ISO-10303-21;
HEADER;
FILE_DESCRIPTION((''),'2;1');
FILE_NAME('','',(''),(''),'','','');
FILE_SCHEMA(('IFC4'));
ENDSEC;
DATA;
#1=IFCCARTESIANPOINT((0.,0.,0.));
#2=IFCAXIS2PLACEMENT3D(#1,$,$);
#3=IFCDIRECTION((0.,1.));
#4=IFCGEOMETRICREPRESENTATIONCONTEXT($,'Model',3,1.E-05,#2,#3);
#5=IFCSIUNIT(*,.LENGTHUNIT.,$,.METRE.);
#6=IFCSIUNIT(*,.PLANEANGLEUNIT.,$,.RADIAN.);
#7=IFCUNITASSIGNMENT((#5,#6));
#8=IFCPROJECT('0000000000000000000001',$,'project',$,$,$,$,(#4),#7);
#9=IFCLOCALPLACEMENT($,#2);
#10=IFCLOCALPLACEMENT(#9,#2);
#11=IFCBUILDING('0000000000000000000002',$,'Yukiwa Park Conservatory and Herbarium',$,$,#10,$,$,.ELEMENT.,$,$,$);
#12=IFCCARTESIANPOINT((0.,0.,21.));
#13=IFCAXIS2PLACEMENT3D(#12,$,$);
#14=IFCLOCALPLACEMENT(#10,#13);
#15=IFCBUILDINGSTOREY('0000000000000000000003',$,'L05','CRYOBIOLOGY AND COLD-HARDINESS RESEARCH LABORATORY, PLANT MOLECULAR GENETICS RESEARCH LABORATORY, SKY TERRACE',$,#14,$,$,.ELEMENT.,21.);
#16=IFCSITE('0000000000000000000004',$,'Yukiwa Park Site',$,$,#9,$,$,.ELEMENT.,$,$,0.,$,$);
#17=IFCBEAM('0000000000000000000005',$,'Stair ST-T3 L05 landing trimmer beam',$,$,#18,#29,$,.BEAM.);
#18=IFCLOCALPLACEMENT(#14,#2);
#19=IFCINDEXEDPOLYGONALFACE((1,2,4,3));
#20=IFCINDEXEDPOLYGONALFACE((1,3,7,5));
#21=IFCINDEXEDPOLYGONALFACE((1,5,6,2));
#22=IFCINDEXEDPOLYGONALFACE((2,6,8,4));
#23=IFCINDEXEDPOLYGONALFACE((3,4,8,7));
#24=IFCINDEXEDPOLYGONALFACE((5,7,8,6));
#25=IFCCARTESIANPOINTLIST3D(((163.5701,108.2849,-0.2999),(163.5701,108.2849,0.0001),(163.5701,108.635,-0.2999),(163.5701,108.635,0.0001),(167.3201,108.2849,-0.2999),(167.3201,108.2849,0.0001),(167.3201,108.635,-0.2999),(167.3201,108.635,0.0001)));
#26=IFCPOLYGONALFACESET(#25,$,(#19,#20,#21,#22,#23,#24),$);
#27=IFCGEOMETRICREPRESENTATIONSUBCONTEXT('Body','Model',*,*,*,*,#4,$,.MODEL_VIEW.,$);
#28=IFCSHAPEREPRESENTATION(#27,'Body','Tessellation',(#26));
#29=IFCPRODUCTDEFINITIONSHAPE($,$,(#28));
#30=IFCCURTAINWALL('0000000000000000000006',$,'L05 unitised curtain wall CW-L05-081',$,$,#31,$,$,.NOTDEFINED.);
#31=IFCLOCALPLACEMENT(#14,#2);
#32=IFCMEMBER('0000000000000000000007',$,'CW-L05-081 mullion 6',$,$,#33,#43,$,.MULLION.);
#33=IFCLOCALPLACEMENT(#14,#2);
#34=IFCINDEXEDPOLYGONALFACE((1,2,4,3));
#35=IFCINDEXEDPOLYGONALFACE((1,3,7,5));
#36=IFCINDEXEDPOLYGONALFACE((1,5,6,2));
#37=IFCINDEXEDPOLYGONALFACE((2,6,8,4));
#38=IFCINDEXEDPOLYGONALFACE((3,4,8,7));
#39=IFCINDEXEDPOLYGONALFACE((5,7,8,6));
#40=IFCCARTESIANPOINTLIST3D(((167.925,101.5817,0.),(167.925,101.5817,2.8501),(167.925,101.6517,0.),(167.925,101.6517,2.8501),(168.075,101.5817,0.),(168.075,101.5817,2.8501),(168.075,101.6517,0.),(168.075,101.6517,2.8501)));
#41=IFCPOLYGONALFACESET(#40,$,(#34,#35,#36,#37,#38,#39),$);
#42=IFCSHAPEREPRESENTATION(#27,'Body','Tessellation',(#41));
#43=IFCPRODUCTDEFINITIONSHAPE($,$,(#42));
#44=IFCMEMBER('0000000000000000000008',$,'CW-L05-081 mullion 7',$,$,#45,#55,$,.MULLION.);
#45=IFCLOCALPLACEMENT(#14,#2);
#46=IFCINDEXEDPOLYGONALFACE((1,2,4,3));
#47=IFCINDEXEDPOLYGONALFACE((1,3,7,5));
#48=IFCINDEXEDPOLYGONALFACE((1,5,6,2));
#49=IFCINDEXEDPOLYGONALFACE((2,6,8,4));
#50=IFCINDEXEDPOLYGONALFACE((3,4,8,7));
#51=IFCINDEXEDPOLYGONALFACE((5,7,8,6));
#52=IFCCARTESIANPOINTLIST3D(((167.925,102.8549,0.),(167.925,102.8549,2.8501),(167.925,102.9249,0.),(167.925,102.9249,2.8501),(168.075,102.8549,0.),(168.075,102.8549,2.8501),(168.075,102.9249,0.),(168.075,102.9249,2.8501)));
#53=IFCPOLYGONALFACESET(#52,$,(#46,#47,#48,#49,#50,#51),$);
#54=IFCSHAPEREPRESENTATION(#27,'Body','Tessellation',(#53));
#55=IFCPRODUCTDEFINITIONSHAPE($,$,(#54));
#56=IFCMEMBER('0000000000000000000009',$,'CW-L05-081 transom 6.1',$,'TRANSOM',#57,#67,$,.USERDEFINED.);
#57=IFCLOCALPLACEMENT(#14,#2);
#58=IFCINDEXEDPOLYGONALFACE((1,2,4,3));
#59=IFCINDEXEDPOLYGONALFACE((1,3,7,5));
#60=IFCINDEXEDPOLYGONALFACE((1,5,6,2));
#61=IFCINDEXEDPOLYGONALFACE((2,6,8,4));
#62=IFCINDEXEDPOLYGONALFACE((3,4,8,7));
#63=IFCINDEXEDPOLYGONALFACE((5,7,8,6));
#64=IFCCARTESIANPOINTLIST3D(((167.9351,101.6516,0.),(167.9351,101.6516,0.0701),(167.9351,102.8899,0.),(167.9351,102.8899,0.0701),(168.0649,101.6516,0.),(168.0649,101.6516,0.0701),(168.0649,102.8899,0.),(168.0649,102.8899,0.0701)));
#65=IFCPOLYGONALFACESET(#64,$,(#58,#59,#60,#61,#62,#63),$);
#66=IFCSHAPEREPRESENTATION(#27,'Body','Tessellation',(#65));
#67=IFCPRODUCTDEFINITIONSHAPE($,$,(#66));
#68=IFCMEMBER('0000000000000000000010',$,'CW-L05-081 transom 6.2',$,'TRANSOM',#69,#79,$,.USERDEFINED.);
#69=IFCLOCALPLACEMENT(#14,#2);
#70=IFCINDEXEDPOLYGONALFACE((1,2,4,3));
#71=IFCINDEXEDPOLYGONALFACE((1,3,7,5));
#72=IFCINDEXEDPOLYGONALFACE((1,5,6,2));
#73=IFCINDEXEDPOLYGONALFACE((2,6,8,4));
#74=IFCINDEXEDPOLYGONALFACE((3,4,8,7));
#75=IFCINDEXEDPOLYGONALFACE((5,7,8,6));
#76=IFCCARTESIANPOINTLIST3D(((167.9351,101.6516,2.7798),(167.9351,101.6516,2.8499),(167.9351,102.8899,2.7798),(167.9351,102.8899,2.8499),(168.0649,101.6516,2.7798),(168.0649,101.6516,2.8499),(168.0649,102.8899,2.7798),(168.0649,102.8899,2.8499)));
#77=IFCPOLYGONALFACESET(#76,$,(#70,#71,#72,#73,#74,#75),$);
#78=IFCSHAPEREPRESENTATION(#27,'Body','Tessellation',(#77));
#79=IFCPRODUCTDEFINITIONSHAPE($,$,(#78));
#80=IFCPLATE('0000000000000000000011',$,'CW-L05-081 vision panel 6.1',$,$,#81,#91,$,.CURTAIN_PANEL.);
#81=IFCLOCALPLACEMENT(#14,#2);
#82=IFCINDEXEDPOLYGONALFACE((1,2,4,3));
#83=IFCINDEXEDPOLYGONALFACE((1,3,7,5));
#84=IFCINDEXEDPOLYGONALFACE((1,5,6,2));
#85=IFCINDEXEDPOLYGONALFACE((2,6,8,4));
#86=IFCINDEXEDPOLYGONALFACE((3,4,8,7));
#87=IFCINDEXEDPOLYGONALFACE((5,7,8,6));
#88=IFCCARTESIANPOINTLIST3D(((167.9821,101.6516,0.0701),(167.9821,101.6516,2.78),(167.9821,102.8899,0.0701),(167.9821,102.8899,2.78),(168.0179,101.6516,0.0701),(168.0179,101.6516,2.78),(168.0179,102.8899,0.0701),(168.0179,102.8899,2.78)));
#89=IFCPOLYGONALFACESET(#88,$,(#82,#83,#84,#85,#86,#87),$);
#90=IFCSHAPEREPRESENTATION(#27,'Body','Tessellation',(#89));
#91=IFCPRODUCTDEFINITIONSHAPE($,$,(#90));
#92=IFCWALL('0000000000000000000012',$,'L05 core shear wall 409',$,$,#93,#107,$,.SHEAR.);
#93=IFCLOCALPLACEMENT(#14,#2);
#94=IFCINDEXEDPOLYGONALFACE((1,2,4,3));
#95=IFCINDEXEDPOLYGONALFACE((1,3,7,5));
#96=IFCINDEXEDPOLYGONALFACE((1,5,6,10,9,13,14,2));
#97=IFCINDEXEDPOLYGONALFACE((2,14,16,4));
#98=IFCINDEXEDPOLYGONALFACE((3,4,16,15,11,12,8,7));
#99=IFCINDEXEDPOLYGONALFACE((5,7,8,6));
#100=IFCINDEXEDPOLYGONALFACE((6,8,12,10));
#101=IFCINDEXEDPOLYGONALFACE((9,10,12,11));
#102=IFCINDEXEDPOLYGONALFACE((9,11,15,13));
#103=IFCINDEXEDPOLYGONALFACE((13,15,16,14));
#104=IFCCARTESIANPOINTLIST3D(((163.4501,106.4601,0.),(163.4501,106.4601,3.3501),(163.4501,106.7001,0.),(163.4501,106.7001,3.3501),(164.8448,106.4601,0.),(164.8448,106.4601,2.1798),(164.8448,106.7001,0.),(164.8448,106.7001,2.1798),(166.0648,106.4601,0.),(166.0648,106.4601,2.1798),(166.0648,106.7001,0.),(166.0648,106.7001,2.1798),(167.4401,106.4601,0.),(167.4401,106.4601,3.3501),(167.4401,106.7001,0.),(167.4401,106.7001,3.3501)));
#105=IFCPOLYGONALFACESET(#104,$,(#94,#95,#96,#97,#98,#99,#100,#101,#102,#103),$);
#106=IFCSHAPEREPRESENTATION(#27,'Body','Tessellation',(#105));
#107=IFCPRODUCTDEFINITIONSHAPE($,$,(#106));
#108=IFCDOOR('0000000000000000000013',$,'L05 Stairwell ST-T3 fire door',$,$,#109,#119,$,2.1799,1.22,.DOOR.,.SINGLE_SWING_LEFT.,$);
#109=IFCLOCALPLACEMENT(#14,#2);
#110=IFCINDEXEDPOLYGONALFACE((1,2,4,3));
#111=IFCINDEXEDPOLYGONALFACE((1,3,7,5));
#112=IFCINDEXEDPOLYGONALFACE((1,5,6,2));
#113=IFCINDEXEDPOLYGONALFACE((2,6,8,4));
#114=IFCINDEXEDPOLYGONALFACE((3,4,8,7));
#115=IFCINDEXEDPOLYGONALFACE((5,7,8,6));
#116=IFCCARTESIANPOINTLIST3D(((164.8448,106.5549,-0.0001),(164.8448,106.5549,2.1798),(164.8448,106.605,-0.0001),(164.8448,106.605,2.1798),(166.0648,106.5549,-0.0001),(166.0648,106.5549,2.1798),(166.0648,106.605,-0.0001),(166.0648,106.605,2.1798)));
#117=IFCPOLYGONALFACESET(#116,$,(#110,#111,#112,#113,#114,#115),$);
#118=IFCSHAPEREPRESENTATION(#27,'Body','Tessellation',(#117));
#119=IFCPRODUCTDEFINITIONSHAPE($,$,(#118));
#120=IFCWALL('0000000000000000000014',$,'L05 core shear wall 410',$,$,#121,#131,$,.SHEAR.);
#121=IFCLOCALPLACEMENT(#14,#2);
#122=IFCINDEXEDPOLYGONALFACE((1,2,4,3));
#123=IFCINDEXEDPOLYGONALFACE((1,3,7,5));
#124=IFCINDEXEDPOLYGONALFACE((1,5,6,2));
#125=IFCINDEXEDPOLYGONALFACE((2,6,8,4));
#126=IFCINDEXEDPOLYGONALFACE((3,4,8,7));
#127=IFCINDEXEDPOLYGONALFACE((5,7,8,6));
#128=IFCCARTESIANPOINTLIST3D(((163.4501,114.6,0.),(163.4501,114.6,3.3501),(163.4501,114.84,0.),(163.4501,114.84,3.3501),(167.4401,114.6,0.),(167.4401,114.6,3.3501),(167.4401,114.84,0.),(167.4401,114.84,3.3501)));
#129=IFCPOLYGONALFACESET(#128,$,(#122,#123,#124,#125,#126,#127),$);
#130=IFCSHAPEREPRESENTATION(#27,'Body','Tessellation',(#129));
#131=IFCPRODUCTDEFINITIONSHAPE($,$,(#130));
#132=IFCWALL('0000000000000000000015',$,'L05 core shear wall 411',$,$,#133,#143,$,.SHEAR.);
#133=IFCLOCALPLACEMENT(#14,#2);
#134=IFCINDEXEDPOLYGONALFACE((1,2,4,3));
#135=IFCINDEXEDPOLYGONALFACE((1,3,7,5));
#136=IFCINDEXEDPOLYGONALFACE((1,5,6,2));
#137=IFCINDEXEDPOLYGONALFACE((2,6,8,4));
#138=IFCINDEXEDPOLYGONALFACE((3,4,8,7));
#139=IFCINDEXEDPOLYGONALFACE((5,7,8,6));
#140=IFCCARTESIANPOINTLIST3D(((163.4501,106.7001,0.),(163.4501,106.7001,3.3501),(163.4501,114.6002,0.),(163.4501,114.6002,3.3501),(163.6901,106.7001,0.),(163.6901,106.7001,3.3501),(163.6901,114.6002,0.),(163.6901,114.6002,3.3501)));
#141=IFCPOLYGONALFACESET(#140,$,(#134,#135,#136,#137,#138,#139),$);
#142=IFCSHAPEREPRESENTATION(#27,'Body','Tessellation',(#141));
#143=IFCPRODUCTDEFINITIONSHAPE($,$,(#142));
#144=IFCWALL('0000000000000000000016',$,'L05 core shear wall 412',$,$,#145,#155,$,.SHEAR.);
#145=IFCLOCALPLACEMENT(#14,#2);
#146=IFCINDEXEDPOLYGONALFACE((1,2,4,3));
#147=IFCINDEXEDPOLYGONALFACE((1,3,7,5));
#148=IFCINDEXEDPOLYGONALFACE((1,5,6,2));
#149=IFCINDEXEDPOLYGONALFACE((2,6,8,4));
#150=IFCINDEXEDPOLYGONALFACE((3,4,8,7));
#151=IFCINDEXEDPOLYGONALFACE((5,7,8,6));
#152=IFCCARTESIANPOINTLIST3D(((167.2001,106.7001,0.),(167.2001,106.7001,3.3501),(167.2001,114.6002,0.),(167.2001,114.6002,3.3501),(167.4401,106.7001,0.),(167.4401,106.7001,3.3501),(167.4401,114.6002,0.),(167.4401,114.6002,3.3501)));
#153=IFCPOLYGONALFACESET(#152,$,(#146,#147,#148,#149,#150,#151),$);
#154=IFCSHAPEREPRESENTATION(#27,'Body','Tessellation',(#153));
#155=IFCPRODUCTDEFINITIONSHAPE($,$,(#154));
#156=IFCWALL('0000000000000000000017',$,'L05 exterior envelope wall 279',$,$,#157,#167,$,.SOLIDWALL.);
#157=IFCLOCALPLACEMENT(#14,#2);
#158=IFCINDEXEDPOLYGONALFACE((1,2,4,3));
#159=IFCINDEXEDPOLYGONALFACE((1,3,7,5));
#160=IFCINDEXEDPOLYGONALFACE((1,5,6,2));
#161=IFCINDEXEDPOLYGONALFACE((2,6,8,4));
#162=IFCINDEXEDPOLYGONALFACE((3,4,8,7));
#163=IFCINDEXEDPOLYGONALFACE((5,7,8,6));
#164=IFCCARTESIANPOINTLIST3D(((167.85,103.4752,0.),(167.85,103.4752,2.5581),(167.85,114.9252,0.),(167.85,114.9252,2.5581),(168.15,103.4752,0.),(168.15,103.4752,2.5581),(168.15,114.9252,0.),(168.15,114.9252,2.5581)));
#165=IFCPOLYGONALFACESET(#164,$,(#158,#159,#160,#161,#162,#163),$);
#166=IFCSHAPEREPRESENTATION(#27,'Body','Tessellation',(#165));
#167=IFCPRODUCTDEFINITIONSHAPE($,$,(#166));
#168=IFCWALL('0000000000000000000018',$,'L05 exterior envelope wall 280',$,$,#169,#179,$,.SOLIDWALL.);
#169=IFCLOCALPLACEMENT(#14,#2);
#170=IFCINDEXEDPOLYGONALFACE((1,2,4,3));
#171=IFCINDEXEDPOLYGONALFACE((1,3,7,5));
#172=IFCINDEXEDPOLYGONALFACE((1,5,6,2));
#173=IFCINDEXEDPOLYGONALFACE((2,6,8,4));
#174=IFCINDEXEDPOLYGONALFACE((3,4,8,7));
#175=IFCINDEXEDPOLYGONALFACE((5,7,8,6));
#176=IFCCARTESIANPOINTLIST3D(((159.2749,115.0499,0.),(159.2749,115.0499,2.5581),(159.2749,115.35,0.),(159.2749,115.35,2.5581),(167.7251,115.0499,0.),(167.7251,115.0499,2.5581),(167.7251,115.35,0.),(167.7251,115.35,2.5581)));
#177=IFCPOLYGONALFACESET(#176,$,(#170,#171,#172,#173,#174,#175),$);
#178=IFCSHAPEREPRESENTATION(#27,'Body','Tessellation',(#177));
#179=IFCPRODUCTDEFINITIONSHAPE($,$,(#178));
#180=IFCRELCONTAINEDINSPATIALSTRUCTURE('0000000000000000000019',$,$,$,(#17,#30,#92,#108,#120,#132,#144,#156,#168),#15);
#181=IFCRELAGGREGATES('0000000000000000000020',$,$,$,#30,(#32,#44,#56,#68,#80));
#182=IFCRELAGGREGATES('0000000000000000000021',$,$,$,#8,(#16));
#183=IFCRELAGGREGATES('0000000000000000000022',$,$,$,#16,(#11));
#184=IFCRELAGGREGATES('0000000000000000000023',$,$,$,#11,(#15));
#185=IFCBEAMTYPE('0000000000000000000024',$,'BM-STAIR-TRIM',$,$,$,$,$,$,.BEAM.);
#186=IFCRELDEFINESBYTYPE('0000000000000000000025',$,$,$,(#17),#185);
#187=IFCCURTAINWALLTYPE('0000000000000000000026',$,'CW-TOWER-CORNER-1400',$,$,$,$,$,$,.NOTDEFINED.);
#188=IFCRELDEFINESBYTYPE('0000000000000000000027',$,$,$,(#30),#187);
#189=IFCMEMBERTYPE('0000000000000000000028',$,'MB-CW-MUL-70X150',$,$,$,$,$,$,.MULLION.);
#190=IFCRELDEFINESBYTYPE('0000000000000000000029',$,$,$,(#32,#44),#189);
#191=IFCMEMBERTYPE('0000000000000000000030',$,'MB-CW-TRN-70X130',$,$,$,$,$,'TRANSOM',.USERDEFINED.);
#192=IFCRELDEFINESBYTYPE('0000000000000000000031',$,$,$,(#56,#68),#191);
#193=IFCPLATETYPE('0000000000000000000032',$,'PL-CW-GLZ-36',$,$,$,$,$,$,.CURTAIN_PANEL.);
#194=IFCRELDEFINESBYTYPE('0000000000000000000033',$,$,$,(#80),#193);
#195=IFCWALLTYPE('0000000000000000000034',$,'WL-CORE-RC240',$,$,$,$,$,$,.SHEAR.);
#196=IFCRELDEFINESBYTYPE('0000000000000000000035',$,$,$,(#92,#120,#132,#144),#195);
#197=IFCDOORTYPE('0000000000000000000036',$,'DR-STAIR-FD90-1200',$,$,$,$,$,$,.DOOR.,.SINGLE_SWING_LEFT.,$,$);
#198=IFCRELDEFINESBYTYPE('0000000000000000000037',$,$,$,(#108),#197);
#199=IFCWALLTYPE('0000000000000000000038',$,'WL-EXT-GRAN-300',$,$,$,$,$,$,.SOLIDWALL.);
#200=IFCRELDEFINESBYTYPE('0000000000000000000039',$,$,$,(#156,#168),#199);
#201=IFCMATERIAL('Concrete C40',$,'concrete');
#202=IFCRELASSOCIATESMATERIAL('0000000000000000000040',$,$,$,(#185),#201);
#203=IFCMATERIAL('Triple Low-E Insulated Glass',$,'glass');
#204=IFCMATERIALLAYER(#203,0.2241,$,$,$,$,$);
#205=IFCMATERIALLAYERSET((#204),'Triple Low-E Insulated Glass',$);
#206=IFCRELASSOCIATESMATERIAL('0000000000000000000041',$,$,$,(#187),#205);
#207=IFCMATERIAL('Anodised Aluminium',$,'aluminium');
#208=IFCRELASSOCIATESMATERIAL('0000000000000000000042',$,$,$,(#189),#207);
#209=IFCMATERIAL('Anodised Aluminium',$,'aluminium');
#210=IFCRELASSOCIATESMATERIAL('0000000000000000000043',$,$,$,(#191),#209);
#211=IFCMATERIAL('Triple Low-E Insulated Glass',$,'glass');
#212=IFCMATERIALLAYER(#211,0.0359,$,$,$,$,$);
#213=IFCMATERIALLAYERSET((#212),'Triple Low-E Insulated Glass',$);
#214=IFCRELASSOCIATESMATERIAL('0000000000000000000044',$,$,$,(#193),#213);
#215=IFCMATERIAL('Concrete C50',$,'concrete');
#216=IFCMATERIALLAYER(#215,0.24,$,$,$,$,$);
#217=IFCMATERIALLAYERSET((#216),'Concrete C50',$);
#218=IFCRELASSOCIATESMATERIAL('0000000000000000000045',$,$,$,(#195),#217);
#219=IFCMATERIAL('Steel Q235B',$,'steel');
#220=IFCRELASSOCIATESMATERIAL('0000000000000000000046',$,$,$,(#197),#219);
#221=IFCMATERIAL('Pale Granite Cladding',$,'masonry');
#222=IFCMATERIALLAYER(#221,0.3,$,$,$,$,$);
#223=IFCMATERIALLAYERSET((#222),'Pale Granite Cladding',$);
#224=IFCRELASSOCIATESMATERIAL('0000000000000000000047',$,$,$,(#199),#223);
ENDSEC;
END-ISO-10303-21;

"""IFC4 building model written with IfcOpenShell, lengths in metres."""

from ifc_helpers import new_model, si_unit, direction, frame, frame_2d, origin, origin_2d, place, context, subcontext, project, spatial, rectangle, extrude, material, layer, layer_set, material_profile, profile_set, type_object, element, fill, aggregate, save


model = new_model("IFC4")

# Units and contexts
model_context = context("Model", 3, precision=1e-05, world=origin(), true_north=direction((0.0, 1.0)))
body_context = subcontext(model_context, "Body", "Model", "MODEL_VIEW")
ifc_project = project(units=[si_unit("LENGTHUNIT", "METRE"), si_unit("PLANEANGLEUNIT", "RADIAN")], contexts=[model_context])

# Site, building, storey
site_placement = place(None, origin())
site = spatial("IfcSite", under=ifc_project, at=site_placement, Name="Yukiwa Park Site", CompositionType="ELEMENT", RefElevation=0.0)
building_placement = place(site_placement, origin())
building = spatial("IfcBuilding", under=site, at=building_placement, Name="Yukiwa Park Conservatory and Herbarium", CompositionType="ELEMENT")
storey_placement = place(building_placement, frame((0.0, 0.0, 21.0)))
storey = spatial("IfcBuildingStorey", under=building, at=storey_placement, Name="L05", Description="CRYOBIOLOGY AND COLD-HARDINESS RESEARCH LABORATORY, PLANT MOLECULAR GENETICS RESEARCH LABORATORY, SKY TERRACE", CompositionType="ELEMENT", Elevation=21.0)

# Beam
ifc_material_1 = material(Name="Concrete C40", Category="concrete")
ifc_material_profile_1 = material_profile(ifc_material_1, rectangle(XDim=0.3501, YDim=0.3, at=origin_2d()), Name="RC 350x300")
ifc_profile_set_1 = profile_set([ifc_material_profile_1], Name="Concrete C40")
beam_type_1 = type_object("IfcBeamType", Name="BM-STAIR-TRIM", PredefinedType="BEAM", material=ifc_profile_set_1)
beam_1_placement = place(storey_placement, frame((163.5701, 108.46, -0.1499), z_axis=(1.0, 0.0, 0.0), x_axis=(0.0, 1.0, 0.0)))
element("IfcBeam", 1, at=beam_1_placement, inside=storey, type_object=beam_type_1, Name="Stair ST-T3 L05 landing trimmer beam", PredefinedType="BEAM", context=body_context, shape_type="SweptSolid", body=[
    extrude(rectangle(XDim=0.3501, YDim=0.3, at=origin_2d()), origin(), (0.0, 0.0, 1.0), 3.75),
])

# Curtain wall, members, plate
ifc_material_2 = material(Name="Triple Low-E Insulated Glass", Category="glass")
ifc_layer_1 = layer(ifc_material_2, 0.2241)
ifc_layer_set_1 = layer_set([ifc_layer_1], Name="Triple Low-E Insulated Glass")
curtain_wall_type = type_object("IfcCurtainWallType", Name="CW-TOWER-CORNER-1400", PredefinedType="NOTDEFINED", material=ifc_layer_set_1)
curtain_wall_placement = place(storey_placement, origin())
curtain_wall = element("IfcCurtainWall", 2, at=curtain_wall_placement, inside=storey, type_object=curtain_wall_type, Name="L05 unitised curtain wall CW-L05-081", PredefinedType="NOTDEFINED")
ifc_material_3 = material(Name="Anodised Aluminium", Category="aluminium")
member_type_1 = type_object("IfcMemberType", Name="MB-CW-MUL-70X150", PredefinedType="MULLION", material=ifc_material_3)
member_1_placement = place(storey_placement, frame((168.0, 101.6167, 0.0), z_axis=(0.0, 0.0, 1.0), x_axis=(0.0, 1.0, 0.0)))
member_1 = element("IfcMember", 3, at=member_1_placement, type_object=member_type_1, Name="CW-L05-081 mullion 6", PredefinedType="MULLION", context=body_context, shape_type="SweptSolid", body=[
    extrude(rectangle(XDim=0.0701, YDim=0.1499, at=origin_2d()), origin(), (0.0, 0.0, 1.0), 2.8501),
])
member_2_placement = place(storey_placement, frame((168.0, 102.8899, 0.0), z_axis=(0.0, 0.0, 1.0), x_axis=(0.0, 1.0, 0.0)))
member_2 = element("IfcMember", 4, at=member_2_placement, type_object=member_type_1, Name="CW-L05-081 mullion 7", PredefinedType="MULLION", context=body_context, shape_type="SweptSolid", body=[
    extrude(rectangle(XDim=0.0701, YDim=0.1499, at=origin_2d()), origin(), (0.0, 0.0, 1.0), 2.8501),
])
ifc_material_4 = material(Name="Anodised Aluminium", Category="aluminium")
member_type_2 = type_object("IfcMemberType", Name="MB-CW-TRN-70X130", ElementType="TRANSOM", PredefinedType="USERDEFINED", material=ifc_material_4)
member_3_placement = place(storey_placement, frame((168.0, 102.2708, 0.0), z_axis=(0.0, 0.0, 1.0), x_axis=(0.0, 1.0, 0.0)))
member_3 = element("IfcMember", 5, at=member_3_placement, type_object=member_type_2, Name="CW-L05-081 transom 6.1", ObjectType="TRANSOM", PredefinedType="USERDEFINED", context=body_context, shape_type="SweptSolid", body=[
    extrude(rectangle(XDim=1.2383, YDim=0.1299, at=origin_2d()), origin(), (0.0, 0.0, 1.0), 0.0701),
])
member_4_placement = place(storey_placement, frame((168.0, 102.2708, 2.7798), z_axis=(0.0, 0.0, 1.0), x_axis=(0.0, 1.0, 0.0)))
member_4 = element("IfcMember", 6, at=member_4_placement, type_object=member_type_2, Name="CW-L05-081 transom 6.2", ObjectType="TRANSOM", PredefinedType="USERDEFINED", context=body_context, shape_type="SweptSolid", body=[
    extrude(rectangle(XDim=1.2383, YDim=0.1299, at=origin_2d()), origin(), (0.0, 0.0, 1.0), 0.0701),
])
ifc_material_5 = material(Name="Triple Low-E Insulated Glass", Category="glass")
ifc_layer_2 = layer(ifc_material_5, 0.0359)
ifc_layer_set_2 = layer_set([ifc_layer_2], Name="Triple Low-E Insulated Glass")
plate_type = type_object("IfcPlateType", Name="PL-CW-GLZ-36", PredefinedType="CURTAIN_PANEL", material=ifc_layer_set_2)
plate_placement = place(storey_placement, frame((168.0, 102.2708, 0.0701), z_axis=(0.0, 0.0, 1.0), x_axis=(0.0, 1.0, 0.0)))
plate = element("IfcPlate", 7, at=plate_placement, type_object=plate_type, Name="CW-L05-081 vision panel 6.1", PredefinedType="CURTAIN_PANEL", context=body_context, shape_type="SweptSolid", body=[
    extrude(rectangle(XDim=1.2383, YDim=0.0359, at=origin_2d()), origin(), (0.0, 0.0, 1.0), 2.71),
])
aggregate(curtain_wall, [member_1, member_2, member_3, member_4, plate])

# Wall, opening, door
ifc_material_6 = material(Name="Concrete C50", Category="concrete")
ifc_layer_3 = layer(ifc_material_6, 0.24)
ifc_layer_set_3 = layer_set([ifc_layer_3], Name="Concrete C50")
wall_type_1 = type_object("IfcWallType", Name="WL-CORE-RC240", PredefinedType="SHEAR", material=ifc_layer_set_3)
wall_1_placement = place(storey_placement, frame((163.45, 106.5801, 0.0), z_axis=(0.0, 0.0, 1.0), x_axis=(1.0, 0.0, 0.0)))
wall_1 = element("IfcWall", 8, at=wall_1_placement, inside=storey, type_object=wall_type_1, Name="L05 core shear wall 409", PredefinedType="SHEAR", context=body_context, shape_type="SweptSolid", body=[
    extrude(rectangle(XDim=3.99, YDim=0.24, at=frame_2d((1.9951, 0.0))), origin(), (0.0, 0.0, 1.0), 3.3501),
])
opening_1_placement = place(wall_1_placement, frame((1.395, 0.0, 0.0)))
opening_1 = element("IfcOpeningElement", 9, at=opening_1_placement, cuts=wall_1, PredefinedType="OPENING", context=body_context, shape_type="SweptSolid", body=[
    extrude(rectangle(XDim=1.22, YDim=2.1799, at=frame_2d((0.6099, 1.0898))), frame((0.0, 0.1299, 0.0), z_axis=(0.0, -1.0, 0.0), x_axis=(1.0, 0.0, 0.0)), (0.0, 0.0, 1.0), 0.26),
])
ifc_material_7 = material(Name="Steel Q235B", Category="steel")
door_type_1 = type_object("IfcDoorType", Name="DR-STAIR-FD90-1200", OperationType="SINGLE_SWING_LEFT", PredefinedType="DOOR", material=ifc_material_7)
door_1_placement = place(opening_1_placement, origin())
door_1 = element("IfcDoor", 10, at=door_1_placement, inside=storey, type_object=door_type_1, Name="L05 Stairwell ST-T3 fire door", OperationType="SINGLE_SWING_LEFT", OverallHeight=2.1799, OverallWidth=1.22, PredefinedType="DOOR", context=body_context, shape_type="SweptSolid", body=[
    extrude(rectangle(XDim=1.22, YDim=2.1799, at=frame_2d((0.6099, 1.0898))), frame((0.0, 0.0249, 0.0), z_axis=(0.0, -1.0, 0.0), x_axis=(1.0, 0.0, 0.0)), (0.0, 0.0, 1.0), 0.05),
])
fill(opening_1, door_1)

# Walls
wall_2_placement = place(storey_placement, frame((163.45, 114.72, 0.0), z_axis=(0.0, 0.0, 1.0), x_axis=(1.0, 0.0, 0.0)))
element("IfcWall", 11, at=wall_2_placement, inside=storey, type_object=wall_type_1, Name="L05 core shear wall 410", PredefinedType="SHEAR", context=body_context, shape_type="SweptSolid", body=[
    extrude(rectangle(XDim=3.99, YDim=0.24, at=frame_2d((1.9951, 0.0))), origin(), (0.0, 0.0, 1.0), 3.3501),
])
for number, where, z_axis, x_axis, name in (
    (12, (163.5701, 106.7, 0.0), (0.0, 0.0, 1.0), (0.0, 1.0, 0.0), "L05 core shear wall 411"),
    (13, (167.3201, 106.7, 0.0), (0.0, 0.0, 1.0), (0.0, 1.0, 0.0), "L05 core shear wall 412"),
):
    element("IfcWall", number, at=place(storey_placement, frame(where, z_axis=z_axis, x_axis=x_axis)), inside=storey, type_object=wall_type_1, Name=name, PredefinedType="SHEAR", context=body_context, shape_type="SweptSolid", body=[
        extrude(rectangle(XDim=7.9001, YDim=0.24, at=frame_2d((3.9502, 0.0))), origin(), (0.0, 0.0, 1.0), 3.3501),
    ])
ifc_material_8 = material(Name="Pale Granite Cladding", Category="masonry")
ifc_layer_4 = layer(ifc_material_8, 0.3)
ifc_layer_set_4 = layer_set([ifc_layer_4], Name="Pale Granite Cladding")
wall_type_2 = type_object("IfcWallType", Name="WL-EXT-GRAN-300", PredefinedType="SOLIDWALL", material=ifc_layer_set_4)
wall_3_placement = place(storey_placement, frame((168.0, 103.4751, 0.0), z_axis=(0.0, 0.0, 1.0), x_axis=(0.0, 1.0, 0.0)))
element("IfcWall", 14, at=wall_3_placement, inside=storey, type_object=wall_type_2, Name="L05 exterior envelope wall 279", PredefinedType="SOLIDWALL", context=body_context, shape_type="SweptSolid", body=[
    extrude(rectangle(XDim=11.45, YDim=0.3, at=frame_2d((5.7251, 0.0))), origin(), (0.0, 0.0, 1.0), 2.5581),
])
wall_4_placement = place(storey_placement, frame((167.7251, 115.2, 0.0), z_axis=(0.0, 0.0, 1.0), x_axis=(-1.0, 0.0, 0.0)))
element("IfcWall", 15, at=wall_4_placement, inside=storey, type_object=wall_type_2, Name="L05 exterior envelope wall 280", PredefinedType="SOLIDWALL", context=body_context, shape_type="SweptSolid", body=[
    extrude(rectangle(XDim=8.4502, YDim=0.3, at=frame_2d((4.2251, 0.0))), origin(), (0.0, 0.0, 1.0), 2.5581),
])

save(model, "model.ifc")
